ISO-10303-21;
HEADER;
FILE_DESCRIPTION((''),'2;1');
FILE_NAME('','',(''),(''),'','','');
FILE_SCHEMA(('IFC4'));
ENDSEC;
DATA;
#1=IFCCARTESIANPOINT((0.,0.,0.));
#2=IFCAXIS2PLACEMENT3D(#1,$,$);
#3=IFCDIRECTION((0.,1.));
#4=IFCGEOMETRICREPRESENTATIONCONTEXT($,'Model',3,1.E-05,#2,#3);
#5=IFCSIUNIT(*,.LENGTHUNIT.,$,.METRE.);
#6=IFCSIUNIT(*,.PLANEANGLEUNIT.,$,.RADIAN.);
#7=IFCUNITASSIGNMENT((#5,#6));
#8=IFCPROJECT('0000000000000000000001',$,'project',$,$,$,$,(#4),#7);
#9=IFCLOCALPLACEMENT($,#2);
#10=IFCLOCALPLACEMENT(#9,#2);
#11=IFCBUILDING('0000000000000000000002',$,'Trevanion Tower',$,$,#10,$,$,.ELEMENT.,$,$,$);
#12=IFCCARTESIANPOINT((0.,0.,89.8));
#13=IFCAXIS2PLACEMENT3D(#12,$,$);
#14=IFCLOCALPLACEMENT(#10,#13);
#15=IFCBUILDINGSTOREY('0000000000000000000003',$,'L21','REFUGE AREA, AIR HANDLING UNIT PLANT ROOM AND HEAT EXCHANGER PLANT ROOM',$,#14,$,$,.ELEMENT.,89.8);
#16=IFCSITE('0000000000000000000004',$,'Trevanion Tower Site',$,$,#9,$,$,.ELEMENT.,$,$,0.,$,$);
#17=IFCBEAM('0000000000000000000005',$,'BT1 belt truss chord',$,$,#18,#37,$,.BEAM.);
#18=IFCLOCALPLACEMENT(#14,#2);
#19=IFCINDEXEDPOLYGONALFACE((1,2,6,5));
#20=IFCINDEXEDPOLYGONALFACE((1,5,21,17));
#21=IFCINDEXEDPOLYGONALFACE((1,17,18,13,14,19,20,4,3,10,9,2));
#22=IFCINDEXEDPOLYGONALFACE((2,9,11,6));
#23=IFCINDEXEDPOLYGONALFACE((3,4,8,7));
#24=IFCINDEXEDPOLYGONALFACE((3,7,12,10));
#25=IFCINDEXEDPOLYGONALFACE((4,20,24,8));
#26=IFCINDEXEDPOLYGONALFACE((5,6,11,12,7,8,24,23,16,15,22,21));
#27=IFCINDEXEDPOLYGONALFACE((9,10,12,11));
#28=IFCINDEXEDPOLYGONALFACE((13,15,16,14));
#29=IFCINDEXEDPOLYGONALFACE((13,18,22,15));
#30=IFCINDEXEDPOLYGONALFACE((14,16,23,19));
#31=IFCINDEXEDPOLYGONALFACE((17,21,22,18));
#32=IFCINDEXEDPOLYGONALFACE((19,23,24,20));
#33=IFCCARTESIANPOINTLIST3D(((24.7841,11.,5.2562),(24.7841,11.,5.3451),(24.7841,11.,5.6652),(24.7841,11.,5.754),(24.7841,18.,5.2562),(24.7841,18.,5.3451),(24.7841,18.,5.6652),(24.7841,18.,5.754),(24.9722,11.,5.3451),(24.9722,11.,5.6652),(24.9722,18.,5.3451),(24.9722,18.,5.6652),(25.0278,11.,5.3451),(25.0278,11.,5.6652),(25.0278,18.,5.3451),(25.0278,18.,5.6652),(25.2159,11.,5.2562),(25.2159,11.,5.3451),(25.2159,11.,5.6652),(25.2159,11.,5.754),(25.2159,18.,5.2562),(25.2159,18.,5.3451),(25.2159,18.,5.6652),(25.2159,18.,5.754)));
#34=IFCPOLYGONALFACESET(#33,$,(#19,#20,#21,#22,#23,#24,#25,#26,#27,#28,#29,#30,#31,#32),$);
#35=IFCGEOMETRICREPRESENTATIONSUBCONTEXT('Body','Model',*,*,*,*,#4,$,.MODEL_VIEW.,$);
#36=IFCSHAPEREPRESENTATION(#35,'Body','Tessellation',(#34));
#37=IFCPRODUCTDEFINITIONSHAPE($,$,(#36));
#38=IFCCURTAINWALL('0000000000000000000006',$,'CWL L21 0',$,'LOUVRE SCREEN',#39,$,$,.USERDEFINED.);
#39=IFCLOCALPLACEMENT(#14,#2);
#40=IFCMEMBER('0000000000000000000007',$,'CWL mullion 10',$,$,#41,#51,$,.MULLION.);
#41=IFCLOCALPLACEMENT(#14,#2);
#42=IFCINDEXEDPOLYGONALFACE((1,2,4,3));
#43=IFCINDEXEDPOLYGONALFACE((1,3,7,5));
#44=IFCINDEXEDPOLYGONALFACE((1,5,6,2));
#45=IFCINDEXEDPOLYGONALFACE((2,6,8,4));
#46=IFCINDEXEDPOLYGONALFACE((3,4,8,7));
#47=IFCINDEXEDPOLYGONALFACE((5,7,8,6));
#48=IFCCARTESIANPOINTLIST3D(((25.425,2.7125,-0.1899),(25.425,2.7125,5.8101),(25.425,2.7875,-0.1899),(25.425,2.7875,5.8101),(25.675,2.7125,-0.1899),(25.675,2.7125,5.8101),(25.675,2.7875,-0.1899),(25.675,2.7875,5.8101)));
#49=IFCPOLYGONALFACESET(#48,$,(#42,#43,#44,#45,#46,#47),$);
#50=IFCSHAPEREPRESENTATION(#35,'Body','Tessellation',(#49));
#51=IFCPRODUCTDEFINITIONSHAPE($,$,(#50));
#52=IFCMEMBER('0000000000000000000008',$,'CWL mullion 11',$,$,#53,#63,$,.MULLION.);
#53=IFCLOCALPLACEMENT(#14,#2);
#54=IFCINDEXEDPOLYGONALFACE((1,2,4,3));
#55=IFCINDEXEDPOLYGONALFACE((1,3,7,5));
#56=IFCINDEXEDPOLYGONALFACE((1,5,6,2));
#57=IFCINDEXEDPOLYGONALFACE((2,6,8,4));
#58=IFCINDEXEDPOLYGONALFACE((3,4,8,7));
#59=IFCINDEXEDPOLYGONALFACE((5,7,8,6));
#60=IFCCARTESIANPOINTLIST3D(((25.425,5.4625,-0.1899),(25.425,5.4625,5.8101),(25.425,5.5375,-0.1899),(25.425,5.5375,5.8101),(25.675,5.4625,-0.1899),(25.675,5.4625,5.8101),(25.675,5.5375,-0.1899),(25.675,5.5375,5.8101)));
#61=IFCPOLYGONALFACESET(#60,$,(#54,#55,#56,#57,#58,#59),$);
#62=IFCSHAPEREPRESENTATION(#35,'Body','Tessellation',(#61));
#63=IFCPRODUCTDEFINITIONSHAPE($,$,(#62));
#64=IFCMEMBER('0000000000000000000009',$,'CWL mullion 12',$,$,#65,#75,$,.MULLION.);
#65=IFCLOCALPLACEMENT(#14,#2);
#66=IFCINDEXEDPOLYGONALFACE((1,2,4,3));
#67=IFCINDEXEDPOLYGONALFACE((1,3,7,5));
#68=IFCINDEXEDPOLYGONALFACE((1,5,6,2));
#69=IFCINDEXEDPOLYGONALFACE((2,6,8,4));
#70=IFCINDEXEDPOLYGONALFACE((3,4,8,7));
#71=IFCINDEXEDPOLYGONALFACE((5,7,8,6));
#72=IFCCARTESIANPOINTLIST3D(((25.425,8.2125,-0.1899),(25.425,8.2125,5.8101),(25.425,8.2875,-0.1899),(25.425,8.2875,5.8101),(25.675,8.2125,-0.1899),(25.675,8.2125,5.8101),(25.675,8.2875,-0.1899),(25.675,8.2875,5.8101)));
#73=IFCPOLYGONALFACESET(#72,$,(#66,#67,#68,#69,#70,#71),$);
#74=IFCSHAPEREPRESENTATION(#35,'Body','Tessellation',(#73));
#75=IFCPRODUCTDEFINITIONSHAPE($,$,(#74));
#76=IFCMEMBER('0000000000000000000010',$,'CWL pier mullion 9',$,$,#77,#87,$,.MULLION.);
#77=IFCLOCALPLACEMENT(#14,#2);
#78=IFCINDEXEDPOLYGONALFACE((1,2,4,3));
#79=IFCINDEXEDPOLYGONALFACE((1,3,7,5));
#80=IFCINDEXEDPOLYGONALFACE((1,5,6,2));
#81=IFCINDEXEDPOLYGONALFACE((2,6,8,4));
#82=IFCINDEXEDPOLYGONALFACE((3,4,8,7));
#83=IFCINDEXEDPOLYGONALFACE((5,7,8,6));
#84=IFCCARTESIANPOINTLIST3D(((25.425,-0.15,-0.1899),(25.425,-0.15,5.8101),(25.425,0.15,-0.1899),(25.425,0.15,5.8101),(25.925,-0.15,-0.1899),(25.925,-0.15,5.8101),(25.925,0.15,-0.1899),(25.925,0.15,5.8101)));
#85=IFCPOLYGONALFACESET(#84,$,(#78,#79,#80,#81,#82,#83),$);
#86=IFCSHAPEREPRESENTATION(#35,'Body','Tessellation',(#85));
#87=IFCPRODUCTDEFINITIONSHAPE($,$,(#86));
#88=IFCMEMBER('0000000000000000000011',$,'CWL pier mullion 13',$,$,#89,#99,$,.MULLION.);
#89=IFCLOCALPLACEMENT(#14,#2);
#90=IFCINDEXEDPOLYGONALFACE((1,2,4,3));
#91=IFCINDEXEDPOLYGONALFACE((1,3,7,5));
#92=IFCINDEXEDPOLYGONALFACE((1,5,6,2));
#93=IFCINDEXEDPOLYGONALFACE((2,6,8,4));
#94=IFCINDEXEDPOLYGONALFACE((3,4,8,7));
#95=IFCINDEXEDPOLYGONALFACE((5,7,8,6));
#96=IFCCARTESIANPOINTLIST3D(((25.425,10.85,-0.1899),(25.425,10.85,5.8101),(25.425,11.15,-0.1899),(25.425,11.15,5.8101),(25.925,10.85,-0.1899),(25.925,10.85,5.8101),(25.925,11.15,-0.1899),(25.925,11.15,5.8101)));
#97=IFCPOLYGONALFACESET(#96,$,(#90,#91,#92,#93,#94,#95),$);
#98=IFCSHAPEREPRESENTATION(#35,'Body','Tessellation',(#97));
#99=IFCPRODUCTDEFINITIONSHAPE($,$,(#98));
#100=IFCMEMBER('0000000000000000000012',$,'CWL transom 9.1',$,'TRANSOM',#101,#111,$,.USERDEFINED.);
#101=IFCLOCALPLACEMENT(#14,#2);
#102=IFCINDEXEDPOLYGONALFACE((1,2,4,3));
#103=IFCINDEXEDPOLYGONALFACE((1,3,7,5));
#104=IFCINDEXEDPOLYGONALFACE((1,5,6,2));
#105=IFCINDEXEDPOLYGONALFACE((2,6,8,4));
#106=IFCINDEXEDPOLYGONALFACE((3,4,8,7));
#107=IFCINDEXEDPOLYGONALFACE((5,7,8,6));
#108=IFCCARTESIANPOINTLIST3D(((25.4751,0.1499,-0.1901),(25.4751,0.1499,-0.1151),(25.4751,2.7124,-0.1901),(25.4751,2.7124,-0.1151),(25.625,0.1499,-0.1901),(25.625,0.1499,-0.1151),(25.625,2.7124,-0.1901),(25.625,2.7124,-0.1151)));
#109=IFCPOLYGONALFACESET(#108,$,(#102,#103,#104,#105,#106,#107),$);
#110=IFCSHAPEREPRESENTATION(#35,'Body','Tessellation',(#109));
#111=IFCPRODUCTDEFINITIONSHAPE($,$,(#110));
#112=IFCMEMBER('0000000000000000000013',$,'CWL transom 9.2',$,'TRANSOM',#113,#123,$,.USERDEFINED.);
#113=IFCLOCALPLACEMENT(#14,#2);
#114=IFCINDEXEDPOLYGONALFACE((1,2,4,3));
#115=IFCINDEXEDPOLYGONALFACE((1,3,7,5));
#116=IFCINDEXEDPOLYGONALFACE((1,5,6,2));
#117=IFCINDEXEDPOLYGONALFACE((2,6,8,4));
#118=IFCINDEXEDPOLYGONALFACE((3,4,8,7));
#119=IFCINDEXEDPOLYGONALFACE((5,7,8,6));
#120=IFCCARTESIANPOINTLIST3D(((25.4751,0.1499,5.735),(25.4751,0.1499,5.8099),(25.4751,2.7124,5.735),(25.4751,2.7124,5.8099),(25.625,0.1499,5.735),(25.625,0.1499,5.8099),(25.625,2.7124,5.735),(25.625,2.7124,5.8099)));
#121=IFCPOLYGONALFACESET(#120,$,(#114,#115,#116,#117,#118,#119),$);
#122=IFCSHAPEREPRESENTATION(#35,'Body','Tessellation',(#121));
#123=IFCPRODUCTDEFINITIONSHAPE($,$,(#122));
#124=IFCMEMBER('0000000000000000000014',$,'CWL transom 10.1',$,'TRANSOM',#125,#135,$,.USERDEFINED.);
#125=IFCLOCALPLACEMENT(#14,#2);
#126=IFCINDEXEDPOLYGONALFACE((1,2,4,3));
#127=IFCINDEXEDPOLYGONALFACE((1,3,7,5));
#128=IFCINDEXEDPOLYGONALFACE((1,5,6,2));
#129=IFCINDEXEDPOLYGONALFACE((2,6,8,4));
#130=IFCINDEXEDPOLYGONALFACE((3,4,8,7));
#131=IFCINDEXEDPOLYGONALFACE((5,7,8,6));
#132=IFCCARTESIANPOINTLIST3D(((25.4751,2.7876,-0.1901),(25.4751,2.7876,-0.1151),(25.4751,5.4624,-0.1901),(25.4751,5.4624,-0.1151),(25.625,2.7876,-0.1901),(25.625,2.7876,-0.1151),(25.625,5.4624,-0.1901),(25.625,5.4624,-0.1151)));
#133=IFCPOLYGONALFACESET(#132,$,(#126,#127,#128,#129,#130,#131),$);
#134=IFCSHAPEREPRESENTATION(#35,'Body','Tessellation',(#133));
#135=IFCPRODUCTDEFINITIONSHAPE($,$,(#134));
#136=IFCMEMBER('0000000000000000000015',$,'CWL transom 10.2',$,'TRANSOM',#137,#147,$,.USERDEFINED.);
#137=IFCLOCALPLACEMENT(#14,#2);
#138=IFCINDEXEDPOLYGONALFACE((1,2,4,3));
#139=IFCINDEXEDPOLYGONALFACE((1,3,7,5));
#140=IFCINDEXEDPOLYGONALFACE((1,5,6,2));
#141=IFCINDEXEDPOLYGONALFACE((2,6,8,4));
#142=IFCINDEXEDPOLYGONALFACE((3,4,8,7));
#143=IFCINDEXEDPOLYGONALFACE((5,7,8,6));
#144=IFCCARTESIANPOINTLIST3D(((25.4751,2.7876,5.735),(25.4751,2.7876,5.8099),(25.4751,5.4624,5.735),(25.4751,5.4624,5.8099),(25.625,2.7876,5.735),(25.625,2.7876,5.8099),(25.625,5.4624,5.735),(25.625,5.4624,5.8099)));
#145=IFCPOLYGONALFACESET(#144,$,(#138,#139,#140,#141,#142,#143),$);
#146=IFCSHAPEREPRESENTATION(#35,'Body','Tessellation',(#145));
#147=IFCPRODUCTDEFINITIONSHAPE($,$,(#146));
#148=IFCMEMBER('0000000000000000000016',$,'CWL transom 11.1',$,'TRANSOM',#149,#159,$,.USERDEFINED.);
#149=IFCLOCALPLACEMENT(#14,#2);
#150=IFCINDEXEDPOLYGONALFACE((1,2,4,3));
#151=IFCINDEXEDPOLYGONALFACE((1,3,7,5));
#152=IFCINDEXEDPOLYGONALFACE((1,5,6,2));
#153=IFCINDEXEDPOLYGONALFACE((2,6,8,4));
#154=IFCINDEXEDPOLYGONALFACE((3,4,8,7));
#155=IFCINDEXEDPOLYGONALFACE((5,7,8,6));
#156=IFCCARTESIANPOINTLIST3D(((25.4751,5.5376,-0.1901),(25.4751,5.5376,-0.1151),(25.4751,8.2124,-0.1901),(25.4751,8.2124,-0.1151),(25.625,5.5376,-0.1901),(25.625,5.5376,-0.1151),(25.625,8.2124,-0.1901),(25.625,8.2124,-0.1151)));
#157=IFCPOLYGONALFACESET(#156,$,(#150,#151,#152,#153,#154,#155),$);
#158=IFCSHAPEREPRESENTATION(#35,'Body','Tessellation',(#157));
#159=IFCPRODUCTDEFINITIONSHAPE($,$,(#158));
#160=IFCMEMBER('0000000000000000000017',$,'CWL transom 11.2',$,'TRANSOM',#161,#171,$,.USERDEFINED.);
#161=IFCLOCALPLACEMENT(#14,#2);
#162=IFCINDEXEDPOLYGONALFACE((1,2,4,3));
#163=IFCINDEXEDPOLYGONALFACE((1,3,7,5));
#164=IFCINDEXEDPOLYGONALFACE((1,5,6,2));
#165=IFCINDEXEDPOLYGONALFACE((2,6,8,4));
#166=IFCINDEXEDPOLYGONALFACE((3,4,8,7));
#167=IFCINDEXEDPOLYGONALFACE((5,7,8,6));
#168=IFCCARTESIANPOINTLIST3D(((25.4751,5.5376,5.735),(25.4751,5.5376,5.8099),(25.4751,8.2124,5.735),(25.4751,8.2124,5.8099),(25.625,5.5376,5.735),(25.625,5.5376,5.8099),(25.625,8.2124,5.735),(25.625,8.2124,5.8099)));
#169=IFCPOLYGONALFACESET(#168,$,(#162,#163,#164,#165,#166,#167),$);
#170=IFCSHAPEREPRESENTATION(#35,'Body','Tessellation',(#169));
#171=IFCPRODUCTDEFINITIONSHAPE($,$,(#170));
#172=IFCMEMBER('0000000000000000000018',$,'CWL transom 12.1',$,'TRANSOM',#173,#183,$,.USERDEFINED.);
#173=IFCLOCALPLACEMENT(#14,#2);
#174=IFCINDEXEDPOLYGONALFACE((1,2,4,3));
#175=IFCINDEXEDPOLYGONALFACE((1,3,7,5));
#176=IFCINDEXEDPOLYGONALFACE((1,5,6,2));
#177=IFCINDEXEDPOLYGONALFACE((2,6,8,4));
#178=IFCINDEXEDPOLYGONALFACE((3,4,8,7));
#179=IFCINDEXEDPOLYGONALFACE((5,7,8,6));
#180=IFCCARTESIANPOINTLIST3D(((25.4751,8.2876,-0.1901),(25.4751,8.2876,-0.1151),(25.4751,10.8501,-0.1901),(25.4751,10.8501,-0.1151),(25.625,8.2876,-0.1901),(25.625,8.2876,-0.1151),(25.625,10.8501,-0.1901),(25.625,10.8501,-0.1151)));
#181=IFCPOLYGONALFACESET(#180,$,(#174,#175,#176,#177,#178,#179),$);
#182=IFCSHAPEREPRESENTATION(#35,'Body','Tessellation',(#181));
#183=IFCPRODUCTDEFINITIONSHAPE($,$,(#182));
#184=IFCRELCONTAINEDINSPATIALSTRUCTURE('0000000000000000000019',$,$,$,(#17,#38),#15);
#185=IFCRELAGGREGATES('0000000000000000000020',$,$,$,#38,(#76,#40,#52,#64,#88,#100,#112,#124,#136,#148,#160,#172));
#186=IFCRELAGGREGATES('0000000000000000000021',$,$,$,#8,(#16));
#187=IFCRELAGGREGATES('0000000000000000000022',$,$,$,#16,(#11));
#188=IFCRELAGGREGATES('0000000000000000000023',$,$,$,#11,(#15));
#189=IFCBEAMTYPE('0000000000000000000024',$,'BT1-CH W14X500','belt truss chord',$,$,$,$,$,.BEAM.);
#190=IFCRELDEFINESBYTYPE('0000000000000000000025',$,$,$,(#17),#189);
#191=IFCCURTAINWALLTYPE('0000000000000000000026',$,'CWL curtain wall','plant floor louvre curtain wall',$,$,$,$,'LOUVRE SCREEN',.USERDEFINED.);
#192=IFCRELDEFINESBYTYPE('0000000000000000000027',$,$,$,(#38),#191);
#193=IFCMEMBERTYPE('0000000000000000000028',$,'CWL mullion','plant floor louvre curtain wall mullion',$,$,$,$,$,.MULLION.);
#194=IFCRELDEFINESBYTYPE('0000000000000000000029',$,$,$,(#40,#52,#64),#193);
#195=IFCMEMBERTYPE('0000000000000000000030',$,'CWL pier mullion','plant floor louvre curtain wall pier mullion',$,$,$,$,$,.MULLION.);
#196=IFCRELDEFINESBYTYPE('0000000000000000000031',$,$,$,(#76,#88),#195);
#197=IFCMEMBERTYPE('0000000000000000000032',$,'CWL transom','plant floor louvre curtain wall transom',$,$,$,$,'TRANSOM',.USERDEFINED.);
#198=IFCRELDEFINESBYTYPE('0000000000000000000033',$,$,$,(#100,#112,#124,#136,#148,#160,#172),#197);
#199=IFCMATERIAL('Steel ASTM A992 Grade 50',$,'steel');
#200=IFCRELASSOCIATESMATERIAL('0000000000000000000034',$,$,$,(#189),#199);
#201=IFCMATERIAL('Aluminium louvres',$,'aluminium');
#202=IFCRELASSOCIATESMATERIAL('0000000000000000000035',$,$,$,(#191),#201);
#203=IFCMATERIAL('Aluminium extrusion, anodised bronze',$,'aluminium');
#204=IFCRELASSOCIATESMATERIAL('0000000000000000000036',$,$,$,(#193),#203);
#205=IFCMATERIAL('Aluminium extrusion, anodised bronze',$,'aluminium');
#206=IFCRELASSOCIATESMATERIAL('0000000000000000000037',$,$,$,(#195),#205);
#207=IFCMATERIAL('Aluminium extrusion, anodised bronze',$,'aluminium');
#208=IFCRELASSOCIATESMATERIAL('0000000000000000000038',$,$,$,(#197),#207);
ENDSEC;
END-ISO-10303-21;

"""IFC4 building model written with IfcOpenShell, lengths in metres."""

from ifc_helpers import new_model, si_unit, direction, frame, origin, origin_2d, place, context, subcontext, project, spatial, rectangle, i_section, extrude, material, material_profile, profile_set, type_object, element, aggregate, save


model = new_model("IFC4")

# Units and contexts
model_context = context("Model", 3, precision=1e-05, world=origin(), true_north=direction((0.0, 1.0)))
body_context = subcontext(model_context, "Body", "Model", "MODEL_VIEW")
ifc_project = project(units=[si_unit("LENGTHUNIT", "METRE"), si_unit("PLANEANGLEUNIT", "RADIAN")], contexts=[model_context])

# Site, building, storey
site_placement = place(None, origin())
site = spatial("IfcSite", under=ifc_project, at=site_placement, Name="Trevanion Tower Site", CompositionType="ELEMENT", RefElevation=0.0)
building_placement = place(site_placement, origin())
building = spatial("IfcBuilding", under=site, at=building_placement, Name="Trevanion Tower", CompositionType="ELEMENT")
storey_placement = place(building_placement, frame((0.0, 0.0, 89.8)))
storey = spatial("IfcBuildingStorey", under=building, at=storey_placement, Name="L21", Description="REFUGE AREA, AIR HANDLING UNIT PLANT ROOM AND HEAT EXCHANGER PLANT ROOM", CompositionType="ELEMENT", Elevation=89.8)

# Beam
ifc_material_1 = material(Name="Steel ASTM A992 Grade 50", Category="steel")
ifc_material_profile_1 = material_profile(ifc_material_1, i_section(OverallWidth=0.4319, OverallDepth=0.4978, WebThickness=0.0557, FlangeThickness=0.0889, at=origin_2d()), Name="W14X500")
ifc_profile_set_1 = profile_set([ifc_material_profile_1], Name="Steel ASTM A992 Grade 50")
beam_type = type_object("IfcBeamType", Name="BT1-CH W14X500", Description="belt truss chord", PredefinedType="BEAM", material=ifc_profile_set_1)
beam_placement = place(storey_placement, frame((25.0, 11.0, 5.5051), z_axis=(0.0, 1.0, 0.0), x_axis=(-1.0, 0.0, 0.0)))
element("IfcBeam", 1, at=beam_placement, inside=storey, type_object=beam_type, Name="BT1 belt truss chord", PredefinedType="BEAM", context=body_context, shape_type="SweptSolid", body=[
    extrude(i_section(OverallWidth=0.4319, OverallDepth=0.4978, WebThickness=0.0557, FlangeThickness=0.0889, at=origin_2d()), origin(), (0.0, 0.0, 1.0), 7.0),
])

# Curtain wall, members
ifc_material_2 = material(Name="Aluminium louvres", Category="aluminium")
curtain_wall_type = type_object("IfcCurtainWallType", Name="CWL curtain wall", Description="plant floor louvre curtain wall", ElementType="LOUVRE SCREEN", PredefinedType="USERDEFINED", material=ifc_material_2)
curtain_wall_placement = place(storey_placement, origin())
curtain_wall = element("IfcCurtainWall", 2, at=curtain_wall_placement, inside=storey, type_object=curtain_wall_type, Name="CWL L21 0", ObjectType="LOUVRE SCREEN", PredefinedType="USERDEFINED")
ifc_material_3 = material(Name="Aluminium extrusion, anodised bronze", Category="aluminium")
ifc_material_profile_2 = material_profile(ifc_material_3, rectangle(XDim=0.075, YDim=0.25, at=origin_2d()), Name="CWL mullion")
ifc_profile_set_2 = profile_set([ifc_material_profile_2], Name="Aluminium extrusion, anodised bronze")
member_type_1 = type_object("IfcMemberType", Name="CWL mullion", Description="plant floor louvre curtain wall mullion", PredefinedType="MULLION", material=ifc_profile_set_2)
member_1_placement = place(storey_placement, frame((25.55, 2.75, -0.1899), z_axis=(0.0, 0.0, 1.0), x_axis=(0.0, 1.0, 0.0)))
member_1 = element("IfcMember", 3, at=member_1_placement, type_object=member_type_1, Name="CWL mullion 10", PredefinedType="MULLION", context=body_context, shape_type="SweptSolid", body=[
    extrude(rectangle(XDim=0.075, YDim=0.25, at=origin_2d()), origin(), (0.0, 0.0, 1.0), 6.0),
])
member_2_placement = place(storey_placement, frame((25.55, 5.5, -0.1899), z_axis=(0.0, 0.0, 1.0), x_axis=(0.0, 1.0, 0.0)))
member_2 = element("IfcMember", 4, at=member_2_placement, type_object=member_type_1, Name="CWL mullion 11", PredefinedType="MULLION", context=body_context, shape_type="SweptSolid", body=[
    extrude(rectangle(XDim=0.075, YDim=0.25, at=origin_2d()), origin(), (0.0, 0.0, 1.0), 6.0),
])
member_3_placement = place(storey_placement, frame((25.55, 8.25, -0.1899), z_axis=(0.0, 0.0, 1.0), x_axis=(0.0, 1.0, 0.0)))
member_3 = element("IfcMember", 5, at=member_3_placement, type_object=member_type_1, Name="CWL mullion 12", PredefinedType="MULLION", context=body_context, shape_type="SweptSolid", body=[
    extrude(rectangle(XDim=0.075, YDim=0.25, at=origin_2d()), origin(), (0.0, 0.0, 1.0), 6.0),
])
ifc_material_4 = material(Name="Aluminium extrusion, anodised bronze", Category="aluminium")
ifc_material_profile_3 = material_profile(ifc_material_4, rectangle(XDim=0.3, YDim=0.5, at=origin_2d()), Name="CWL pier mullion")
ifc_profile_set_3 = profile_set([ifc_material_profile_3], Name="Aluminium extrusion, anodised bronze")
member_type_2 = type_object("IfcMemberType", Name="CWL pier mullion", Description="plant floor louvre curtain wall pier mullion", PredefinedType="MULLION", material=ifc_profile_set_3)
member_4_placement = place(storey_placement, frame((25.675, 0.0, -0.1899), z_axis=(0.0, 0.0, 1.0), x_axis=(0.0, 1.0, 0.0)))
member_4 = element("IfcMember", 6, at=member_4_placement, type_object=member_type_2, Name="CWL pier mullion 9", PredefinedType="MULLION", context=body_context, shape_type="SweptSolid", body=[
    extrude(rectangle(XDim=0.3, YDim=0.5, at=origin_2d()), origin(), (0.0, 0.0, 1.0), 6.0),
])
member_5_placement = place(storey_placement, frame((25.675, 11.0, -0.1899), z_axis=(0.0, 0.0, 1.0), x_axis=(0.0, 1.0, 0.0)))
member_5 = element("IfcMember", 7, at=member_5_placement, type_object=member_type_2, Name="CWL pier mullion 13", PredefinedType="MULLION", context=body_context, shape_type="SweptSolid", body=[
    extrude(rectangle(XDim=0.3, YDim=0.5, at=origin_2d()), origin(), (0.0, 0.0, 1.0), 6.0),
])
ifc_material_5 = material(Name="Aluminium extrusion, anodised bronze", Category="aluminium")
ifc_material_profile_4 = material_profile(ifc_material_5, rectangle(XDim=0.1499, YDim=0.075, at=origin_2d()), Name="CWL transom")
ifc_profile_set_4 = profile_set([ifc_material_profile_4], Name="Aluminium extrusion, anodised bronze")
member_type_3 = type_object("IfcMemberType", Name="CWL transom", Description="plant floor louvre curtain wall transom", ElementType="TRANSOM", PredefinedType="USERDEFINED", material=ifc_profile_set_4)
member_6_placement = place(storey_placement, frame((25.55, 0.1499, -0.1526), z_axis=(0.0, 1.0, 0.0), x_axis=(-1.0, 0.0, 0.0)))
member_6 = element("IfcMember", 8, at=member_6_placement, type_object=member_type_3, Name="CWL transom 9.1", ObjectType="TRANSOM", PredefinedType="USERDEFINED", context=body_context, shape_type="SweptSolid", body=[
    extrude(rectangle(XDim=0.1499, YDim=0.075, at=origin_2d()), origin(), (0.0, 0.0, 1.0), 2.5625),
])
member_7_placement = place(storey_placement, frame((25.55, 0.1499, 5.7725), z_axis=(0.0, 1.0, 0.0), x_axis=(-1.0, 0.0, 0.0)))
member_7 = element("IfcMember", 9, at=member_7_placement, type_object=member_type_3, Name="CWL transom 9.2", ObjectType="TRANSOM", PredefinedType="USERDEFINED", context=body_context, shape_type="SweptSolid", body=[
    extrude(rectangle(XDim=0.1499, YDim=0.075, at=origin_2d()), origin(), (0.0, 0.0, 1.0), 2.5625),
])
member_8_placement = place(storey_placement, frame((25.55, 2.7876, -0.1526), z_axis=(0.0, 1.0, 0.0), x_axis=(-1.0, 0.0, 0.0)))
member_8 = element("IfcMember", 10, at=member_8_placement, type_object=member_type_3, Name="CWL transom 10.1", ObjectType="TRANSOM", PredefinedType="USERDEFINED", context=body_context, shape_type="SweptSolid", body=[
    extrude(rectangle(XDim=0.1499, YDim=0.075, at=origin_2d()), origin(), (0.0, 0.0, 1.0), 2.6748),
])
member_9_placement = place(storey_placement, frame((25.55, 2.7876, 5.7725), z_axis=(0.0, 1.0, 0.0), x_axis=(-1.0, 0.0, 0.0)))
member_9 = element("IfcMember", 11, at=member_9_placement, type_object=member_type_3, Name="CWL transom 10.2", ObjectType="TRANSOM", PredefinedType="USERDEFINED", context=body_context, shape_type="SweptSolid", body=[
    extrude(rectangle(XDim=0.1499, YDim=0.075, at=origin_2d()), origin(), (0.0, 0.0, 1.0), 2.6748),
])
member_10_placement = place(storey_placement, frame((25.55, 5.5376, -0.1526), z_axis=(0.0, 1.0, 0.0), x_axis=(-1.0, 0.0, 0.0)))
member_10 = element("IfcMember", 12, at=member_10_placement, type_object=member_type_3, Name="CWL transom 11.1", ObjectType="TRANSOM", PredefinedType="USERDEFINED", context=body_context, shape_type="SweptSolid", body=[
    extrude(rectangle(XDim=0.1499, YDim=0.075, at=origin_2d()), origin(), (0.0, 0.0, 1.0), 2.6748),
])
member_11_placement = place(storey_placement, frame((25.55, 5.5376, 5.7725), z_axis=(0.0, 1.0, 0.0), x_axis=(-1.0, 0.0, 0.0)))
member_11 = element("IfcMember", 13, at=member_11_placement, type_object=member_type_3, Name="CWL transom 11.2", ObjectType="TRANSOM", PredefinedType="USERDEFINED", context=body_context, shape_type="SweptSolid", body=[
    extrude(rectangle(XDim=0.1499, YDim=0.075, at=origin_2d()), origin(), (0.0, 0.0, 1.0), 2.6748),
])
member_12_placement = place(storey_placement, frame((25.55, 8.2876, -0.1526), z_axis=(0.0, 1.0, 0.0), x_axis=(-1.0, 0.0, 0.0)))
member_12 = element("IfcMember", 14, at=member_12_placement, type_object=member_type_3, Name="CWL transom 12.1", ObjectType="TRANSOM", PredefinedType="USERDEFINED", context=body_context, shape_type="SweptSolid", body=[
    extrude(rectangle(XDim=0.1499, YDim=0.075, at=origin_2d()), origin(), (0.0, 0.0, 1.0), 2.5625),
])
aggregate(curtain_wall, [member_4, member_1, member_2, member_3, member_5, member_6, member_7, member_8, member_9, member_10, member_11, member_12])

save(model, "model.ifc")
